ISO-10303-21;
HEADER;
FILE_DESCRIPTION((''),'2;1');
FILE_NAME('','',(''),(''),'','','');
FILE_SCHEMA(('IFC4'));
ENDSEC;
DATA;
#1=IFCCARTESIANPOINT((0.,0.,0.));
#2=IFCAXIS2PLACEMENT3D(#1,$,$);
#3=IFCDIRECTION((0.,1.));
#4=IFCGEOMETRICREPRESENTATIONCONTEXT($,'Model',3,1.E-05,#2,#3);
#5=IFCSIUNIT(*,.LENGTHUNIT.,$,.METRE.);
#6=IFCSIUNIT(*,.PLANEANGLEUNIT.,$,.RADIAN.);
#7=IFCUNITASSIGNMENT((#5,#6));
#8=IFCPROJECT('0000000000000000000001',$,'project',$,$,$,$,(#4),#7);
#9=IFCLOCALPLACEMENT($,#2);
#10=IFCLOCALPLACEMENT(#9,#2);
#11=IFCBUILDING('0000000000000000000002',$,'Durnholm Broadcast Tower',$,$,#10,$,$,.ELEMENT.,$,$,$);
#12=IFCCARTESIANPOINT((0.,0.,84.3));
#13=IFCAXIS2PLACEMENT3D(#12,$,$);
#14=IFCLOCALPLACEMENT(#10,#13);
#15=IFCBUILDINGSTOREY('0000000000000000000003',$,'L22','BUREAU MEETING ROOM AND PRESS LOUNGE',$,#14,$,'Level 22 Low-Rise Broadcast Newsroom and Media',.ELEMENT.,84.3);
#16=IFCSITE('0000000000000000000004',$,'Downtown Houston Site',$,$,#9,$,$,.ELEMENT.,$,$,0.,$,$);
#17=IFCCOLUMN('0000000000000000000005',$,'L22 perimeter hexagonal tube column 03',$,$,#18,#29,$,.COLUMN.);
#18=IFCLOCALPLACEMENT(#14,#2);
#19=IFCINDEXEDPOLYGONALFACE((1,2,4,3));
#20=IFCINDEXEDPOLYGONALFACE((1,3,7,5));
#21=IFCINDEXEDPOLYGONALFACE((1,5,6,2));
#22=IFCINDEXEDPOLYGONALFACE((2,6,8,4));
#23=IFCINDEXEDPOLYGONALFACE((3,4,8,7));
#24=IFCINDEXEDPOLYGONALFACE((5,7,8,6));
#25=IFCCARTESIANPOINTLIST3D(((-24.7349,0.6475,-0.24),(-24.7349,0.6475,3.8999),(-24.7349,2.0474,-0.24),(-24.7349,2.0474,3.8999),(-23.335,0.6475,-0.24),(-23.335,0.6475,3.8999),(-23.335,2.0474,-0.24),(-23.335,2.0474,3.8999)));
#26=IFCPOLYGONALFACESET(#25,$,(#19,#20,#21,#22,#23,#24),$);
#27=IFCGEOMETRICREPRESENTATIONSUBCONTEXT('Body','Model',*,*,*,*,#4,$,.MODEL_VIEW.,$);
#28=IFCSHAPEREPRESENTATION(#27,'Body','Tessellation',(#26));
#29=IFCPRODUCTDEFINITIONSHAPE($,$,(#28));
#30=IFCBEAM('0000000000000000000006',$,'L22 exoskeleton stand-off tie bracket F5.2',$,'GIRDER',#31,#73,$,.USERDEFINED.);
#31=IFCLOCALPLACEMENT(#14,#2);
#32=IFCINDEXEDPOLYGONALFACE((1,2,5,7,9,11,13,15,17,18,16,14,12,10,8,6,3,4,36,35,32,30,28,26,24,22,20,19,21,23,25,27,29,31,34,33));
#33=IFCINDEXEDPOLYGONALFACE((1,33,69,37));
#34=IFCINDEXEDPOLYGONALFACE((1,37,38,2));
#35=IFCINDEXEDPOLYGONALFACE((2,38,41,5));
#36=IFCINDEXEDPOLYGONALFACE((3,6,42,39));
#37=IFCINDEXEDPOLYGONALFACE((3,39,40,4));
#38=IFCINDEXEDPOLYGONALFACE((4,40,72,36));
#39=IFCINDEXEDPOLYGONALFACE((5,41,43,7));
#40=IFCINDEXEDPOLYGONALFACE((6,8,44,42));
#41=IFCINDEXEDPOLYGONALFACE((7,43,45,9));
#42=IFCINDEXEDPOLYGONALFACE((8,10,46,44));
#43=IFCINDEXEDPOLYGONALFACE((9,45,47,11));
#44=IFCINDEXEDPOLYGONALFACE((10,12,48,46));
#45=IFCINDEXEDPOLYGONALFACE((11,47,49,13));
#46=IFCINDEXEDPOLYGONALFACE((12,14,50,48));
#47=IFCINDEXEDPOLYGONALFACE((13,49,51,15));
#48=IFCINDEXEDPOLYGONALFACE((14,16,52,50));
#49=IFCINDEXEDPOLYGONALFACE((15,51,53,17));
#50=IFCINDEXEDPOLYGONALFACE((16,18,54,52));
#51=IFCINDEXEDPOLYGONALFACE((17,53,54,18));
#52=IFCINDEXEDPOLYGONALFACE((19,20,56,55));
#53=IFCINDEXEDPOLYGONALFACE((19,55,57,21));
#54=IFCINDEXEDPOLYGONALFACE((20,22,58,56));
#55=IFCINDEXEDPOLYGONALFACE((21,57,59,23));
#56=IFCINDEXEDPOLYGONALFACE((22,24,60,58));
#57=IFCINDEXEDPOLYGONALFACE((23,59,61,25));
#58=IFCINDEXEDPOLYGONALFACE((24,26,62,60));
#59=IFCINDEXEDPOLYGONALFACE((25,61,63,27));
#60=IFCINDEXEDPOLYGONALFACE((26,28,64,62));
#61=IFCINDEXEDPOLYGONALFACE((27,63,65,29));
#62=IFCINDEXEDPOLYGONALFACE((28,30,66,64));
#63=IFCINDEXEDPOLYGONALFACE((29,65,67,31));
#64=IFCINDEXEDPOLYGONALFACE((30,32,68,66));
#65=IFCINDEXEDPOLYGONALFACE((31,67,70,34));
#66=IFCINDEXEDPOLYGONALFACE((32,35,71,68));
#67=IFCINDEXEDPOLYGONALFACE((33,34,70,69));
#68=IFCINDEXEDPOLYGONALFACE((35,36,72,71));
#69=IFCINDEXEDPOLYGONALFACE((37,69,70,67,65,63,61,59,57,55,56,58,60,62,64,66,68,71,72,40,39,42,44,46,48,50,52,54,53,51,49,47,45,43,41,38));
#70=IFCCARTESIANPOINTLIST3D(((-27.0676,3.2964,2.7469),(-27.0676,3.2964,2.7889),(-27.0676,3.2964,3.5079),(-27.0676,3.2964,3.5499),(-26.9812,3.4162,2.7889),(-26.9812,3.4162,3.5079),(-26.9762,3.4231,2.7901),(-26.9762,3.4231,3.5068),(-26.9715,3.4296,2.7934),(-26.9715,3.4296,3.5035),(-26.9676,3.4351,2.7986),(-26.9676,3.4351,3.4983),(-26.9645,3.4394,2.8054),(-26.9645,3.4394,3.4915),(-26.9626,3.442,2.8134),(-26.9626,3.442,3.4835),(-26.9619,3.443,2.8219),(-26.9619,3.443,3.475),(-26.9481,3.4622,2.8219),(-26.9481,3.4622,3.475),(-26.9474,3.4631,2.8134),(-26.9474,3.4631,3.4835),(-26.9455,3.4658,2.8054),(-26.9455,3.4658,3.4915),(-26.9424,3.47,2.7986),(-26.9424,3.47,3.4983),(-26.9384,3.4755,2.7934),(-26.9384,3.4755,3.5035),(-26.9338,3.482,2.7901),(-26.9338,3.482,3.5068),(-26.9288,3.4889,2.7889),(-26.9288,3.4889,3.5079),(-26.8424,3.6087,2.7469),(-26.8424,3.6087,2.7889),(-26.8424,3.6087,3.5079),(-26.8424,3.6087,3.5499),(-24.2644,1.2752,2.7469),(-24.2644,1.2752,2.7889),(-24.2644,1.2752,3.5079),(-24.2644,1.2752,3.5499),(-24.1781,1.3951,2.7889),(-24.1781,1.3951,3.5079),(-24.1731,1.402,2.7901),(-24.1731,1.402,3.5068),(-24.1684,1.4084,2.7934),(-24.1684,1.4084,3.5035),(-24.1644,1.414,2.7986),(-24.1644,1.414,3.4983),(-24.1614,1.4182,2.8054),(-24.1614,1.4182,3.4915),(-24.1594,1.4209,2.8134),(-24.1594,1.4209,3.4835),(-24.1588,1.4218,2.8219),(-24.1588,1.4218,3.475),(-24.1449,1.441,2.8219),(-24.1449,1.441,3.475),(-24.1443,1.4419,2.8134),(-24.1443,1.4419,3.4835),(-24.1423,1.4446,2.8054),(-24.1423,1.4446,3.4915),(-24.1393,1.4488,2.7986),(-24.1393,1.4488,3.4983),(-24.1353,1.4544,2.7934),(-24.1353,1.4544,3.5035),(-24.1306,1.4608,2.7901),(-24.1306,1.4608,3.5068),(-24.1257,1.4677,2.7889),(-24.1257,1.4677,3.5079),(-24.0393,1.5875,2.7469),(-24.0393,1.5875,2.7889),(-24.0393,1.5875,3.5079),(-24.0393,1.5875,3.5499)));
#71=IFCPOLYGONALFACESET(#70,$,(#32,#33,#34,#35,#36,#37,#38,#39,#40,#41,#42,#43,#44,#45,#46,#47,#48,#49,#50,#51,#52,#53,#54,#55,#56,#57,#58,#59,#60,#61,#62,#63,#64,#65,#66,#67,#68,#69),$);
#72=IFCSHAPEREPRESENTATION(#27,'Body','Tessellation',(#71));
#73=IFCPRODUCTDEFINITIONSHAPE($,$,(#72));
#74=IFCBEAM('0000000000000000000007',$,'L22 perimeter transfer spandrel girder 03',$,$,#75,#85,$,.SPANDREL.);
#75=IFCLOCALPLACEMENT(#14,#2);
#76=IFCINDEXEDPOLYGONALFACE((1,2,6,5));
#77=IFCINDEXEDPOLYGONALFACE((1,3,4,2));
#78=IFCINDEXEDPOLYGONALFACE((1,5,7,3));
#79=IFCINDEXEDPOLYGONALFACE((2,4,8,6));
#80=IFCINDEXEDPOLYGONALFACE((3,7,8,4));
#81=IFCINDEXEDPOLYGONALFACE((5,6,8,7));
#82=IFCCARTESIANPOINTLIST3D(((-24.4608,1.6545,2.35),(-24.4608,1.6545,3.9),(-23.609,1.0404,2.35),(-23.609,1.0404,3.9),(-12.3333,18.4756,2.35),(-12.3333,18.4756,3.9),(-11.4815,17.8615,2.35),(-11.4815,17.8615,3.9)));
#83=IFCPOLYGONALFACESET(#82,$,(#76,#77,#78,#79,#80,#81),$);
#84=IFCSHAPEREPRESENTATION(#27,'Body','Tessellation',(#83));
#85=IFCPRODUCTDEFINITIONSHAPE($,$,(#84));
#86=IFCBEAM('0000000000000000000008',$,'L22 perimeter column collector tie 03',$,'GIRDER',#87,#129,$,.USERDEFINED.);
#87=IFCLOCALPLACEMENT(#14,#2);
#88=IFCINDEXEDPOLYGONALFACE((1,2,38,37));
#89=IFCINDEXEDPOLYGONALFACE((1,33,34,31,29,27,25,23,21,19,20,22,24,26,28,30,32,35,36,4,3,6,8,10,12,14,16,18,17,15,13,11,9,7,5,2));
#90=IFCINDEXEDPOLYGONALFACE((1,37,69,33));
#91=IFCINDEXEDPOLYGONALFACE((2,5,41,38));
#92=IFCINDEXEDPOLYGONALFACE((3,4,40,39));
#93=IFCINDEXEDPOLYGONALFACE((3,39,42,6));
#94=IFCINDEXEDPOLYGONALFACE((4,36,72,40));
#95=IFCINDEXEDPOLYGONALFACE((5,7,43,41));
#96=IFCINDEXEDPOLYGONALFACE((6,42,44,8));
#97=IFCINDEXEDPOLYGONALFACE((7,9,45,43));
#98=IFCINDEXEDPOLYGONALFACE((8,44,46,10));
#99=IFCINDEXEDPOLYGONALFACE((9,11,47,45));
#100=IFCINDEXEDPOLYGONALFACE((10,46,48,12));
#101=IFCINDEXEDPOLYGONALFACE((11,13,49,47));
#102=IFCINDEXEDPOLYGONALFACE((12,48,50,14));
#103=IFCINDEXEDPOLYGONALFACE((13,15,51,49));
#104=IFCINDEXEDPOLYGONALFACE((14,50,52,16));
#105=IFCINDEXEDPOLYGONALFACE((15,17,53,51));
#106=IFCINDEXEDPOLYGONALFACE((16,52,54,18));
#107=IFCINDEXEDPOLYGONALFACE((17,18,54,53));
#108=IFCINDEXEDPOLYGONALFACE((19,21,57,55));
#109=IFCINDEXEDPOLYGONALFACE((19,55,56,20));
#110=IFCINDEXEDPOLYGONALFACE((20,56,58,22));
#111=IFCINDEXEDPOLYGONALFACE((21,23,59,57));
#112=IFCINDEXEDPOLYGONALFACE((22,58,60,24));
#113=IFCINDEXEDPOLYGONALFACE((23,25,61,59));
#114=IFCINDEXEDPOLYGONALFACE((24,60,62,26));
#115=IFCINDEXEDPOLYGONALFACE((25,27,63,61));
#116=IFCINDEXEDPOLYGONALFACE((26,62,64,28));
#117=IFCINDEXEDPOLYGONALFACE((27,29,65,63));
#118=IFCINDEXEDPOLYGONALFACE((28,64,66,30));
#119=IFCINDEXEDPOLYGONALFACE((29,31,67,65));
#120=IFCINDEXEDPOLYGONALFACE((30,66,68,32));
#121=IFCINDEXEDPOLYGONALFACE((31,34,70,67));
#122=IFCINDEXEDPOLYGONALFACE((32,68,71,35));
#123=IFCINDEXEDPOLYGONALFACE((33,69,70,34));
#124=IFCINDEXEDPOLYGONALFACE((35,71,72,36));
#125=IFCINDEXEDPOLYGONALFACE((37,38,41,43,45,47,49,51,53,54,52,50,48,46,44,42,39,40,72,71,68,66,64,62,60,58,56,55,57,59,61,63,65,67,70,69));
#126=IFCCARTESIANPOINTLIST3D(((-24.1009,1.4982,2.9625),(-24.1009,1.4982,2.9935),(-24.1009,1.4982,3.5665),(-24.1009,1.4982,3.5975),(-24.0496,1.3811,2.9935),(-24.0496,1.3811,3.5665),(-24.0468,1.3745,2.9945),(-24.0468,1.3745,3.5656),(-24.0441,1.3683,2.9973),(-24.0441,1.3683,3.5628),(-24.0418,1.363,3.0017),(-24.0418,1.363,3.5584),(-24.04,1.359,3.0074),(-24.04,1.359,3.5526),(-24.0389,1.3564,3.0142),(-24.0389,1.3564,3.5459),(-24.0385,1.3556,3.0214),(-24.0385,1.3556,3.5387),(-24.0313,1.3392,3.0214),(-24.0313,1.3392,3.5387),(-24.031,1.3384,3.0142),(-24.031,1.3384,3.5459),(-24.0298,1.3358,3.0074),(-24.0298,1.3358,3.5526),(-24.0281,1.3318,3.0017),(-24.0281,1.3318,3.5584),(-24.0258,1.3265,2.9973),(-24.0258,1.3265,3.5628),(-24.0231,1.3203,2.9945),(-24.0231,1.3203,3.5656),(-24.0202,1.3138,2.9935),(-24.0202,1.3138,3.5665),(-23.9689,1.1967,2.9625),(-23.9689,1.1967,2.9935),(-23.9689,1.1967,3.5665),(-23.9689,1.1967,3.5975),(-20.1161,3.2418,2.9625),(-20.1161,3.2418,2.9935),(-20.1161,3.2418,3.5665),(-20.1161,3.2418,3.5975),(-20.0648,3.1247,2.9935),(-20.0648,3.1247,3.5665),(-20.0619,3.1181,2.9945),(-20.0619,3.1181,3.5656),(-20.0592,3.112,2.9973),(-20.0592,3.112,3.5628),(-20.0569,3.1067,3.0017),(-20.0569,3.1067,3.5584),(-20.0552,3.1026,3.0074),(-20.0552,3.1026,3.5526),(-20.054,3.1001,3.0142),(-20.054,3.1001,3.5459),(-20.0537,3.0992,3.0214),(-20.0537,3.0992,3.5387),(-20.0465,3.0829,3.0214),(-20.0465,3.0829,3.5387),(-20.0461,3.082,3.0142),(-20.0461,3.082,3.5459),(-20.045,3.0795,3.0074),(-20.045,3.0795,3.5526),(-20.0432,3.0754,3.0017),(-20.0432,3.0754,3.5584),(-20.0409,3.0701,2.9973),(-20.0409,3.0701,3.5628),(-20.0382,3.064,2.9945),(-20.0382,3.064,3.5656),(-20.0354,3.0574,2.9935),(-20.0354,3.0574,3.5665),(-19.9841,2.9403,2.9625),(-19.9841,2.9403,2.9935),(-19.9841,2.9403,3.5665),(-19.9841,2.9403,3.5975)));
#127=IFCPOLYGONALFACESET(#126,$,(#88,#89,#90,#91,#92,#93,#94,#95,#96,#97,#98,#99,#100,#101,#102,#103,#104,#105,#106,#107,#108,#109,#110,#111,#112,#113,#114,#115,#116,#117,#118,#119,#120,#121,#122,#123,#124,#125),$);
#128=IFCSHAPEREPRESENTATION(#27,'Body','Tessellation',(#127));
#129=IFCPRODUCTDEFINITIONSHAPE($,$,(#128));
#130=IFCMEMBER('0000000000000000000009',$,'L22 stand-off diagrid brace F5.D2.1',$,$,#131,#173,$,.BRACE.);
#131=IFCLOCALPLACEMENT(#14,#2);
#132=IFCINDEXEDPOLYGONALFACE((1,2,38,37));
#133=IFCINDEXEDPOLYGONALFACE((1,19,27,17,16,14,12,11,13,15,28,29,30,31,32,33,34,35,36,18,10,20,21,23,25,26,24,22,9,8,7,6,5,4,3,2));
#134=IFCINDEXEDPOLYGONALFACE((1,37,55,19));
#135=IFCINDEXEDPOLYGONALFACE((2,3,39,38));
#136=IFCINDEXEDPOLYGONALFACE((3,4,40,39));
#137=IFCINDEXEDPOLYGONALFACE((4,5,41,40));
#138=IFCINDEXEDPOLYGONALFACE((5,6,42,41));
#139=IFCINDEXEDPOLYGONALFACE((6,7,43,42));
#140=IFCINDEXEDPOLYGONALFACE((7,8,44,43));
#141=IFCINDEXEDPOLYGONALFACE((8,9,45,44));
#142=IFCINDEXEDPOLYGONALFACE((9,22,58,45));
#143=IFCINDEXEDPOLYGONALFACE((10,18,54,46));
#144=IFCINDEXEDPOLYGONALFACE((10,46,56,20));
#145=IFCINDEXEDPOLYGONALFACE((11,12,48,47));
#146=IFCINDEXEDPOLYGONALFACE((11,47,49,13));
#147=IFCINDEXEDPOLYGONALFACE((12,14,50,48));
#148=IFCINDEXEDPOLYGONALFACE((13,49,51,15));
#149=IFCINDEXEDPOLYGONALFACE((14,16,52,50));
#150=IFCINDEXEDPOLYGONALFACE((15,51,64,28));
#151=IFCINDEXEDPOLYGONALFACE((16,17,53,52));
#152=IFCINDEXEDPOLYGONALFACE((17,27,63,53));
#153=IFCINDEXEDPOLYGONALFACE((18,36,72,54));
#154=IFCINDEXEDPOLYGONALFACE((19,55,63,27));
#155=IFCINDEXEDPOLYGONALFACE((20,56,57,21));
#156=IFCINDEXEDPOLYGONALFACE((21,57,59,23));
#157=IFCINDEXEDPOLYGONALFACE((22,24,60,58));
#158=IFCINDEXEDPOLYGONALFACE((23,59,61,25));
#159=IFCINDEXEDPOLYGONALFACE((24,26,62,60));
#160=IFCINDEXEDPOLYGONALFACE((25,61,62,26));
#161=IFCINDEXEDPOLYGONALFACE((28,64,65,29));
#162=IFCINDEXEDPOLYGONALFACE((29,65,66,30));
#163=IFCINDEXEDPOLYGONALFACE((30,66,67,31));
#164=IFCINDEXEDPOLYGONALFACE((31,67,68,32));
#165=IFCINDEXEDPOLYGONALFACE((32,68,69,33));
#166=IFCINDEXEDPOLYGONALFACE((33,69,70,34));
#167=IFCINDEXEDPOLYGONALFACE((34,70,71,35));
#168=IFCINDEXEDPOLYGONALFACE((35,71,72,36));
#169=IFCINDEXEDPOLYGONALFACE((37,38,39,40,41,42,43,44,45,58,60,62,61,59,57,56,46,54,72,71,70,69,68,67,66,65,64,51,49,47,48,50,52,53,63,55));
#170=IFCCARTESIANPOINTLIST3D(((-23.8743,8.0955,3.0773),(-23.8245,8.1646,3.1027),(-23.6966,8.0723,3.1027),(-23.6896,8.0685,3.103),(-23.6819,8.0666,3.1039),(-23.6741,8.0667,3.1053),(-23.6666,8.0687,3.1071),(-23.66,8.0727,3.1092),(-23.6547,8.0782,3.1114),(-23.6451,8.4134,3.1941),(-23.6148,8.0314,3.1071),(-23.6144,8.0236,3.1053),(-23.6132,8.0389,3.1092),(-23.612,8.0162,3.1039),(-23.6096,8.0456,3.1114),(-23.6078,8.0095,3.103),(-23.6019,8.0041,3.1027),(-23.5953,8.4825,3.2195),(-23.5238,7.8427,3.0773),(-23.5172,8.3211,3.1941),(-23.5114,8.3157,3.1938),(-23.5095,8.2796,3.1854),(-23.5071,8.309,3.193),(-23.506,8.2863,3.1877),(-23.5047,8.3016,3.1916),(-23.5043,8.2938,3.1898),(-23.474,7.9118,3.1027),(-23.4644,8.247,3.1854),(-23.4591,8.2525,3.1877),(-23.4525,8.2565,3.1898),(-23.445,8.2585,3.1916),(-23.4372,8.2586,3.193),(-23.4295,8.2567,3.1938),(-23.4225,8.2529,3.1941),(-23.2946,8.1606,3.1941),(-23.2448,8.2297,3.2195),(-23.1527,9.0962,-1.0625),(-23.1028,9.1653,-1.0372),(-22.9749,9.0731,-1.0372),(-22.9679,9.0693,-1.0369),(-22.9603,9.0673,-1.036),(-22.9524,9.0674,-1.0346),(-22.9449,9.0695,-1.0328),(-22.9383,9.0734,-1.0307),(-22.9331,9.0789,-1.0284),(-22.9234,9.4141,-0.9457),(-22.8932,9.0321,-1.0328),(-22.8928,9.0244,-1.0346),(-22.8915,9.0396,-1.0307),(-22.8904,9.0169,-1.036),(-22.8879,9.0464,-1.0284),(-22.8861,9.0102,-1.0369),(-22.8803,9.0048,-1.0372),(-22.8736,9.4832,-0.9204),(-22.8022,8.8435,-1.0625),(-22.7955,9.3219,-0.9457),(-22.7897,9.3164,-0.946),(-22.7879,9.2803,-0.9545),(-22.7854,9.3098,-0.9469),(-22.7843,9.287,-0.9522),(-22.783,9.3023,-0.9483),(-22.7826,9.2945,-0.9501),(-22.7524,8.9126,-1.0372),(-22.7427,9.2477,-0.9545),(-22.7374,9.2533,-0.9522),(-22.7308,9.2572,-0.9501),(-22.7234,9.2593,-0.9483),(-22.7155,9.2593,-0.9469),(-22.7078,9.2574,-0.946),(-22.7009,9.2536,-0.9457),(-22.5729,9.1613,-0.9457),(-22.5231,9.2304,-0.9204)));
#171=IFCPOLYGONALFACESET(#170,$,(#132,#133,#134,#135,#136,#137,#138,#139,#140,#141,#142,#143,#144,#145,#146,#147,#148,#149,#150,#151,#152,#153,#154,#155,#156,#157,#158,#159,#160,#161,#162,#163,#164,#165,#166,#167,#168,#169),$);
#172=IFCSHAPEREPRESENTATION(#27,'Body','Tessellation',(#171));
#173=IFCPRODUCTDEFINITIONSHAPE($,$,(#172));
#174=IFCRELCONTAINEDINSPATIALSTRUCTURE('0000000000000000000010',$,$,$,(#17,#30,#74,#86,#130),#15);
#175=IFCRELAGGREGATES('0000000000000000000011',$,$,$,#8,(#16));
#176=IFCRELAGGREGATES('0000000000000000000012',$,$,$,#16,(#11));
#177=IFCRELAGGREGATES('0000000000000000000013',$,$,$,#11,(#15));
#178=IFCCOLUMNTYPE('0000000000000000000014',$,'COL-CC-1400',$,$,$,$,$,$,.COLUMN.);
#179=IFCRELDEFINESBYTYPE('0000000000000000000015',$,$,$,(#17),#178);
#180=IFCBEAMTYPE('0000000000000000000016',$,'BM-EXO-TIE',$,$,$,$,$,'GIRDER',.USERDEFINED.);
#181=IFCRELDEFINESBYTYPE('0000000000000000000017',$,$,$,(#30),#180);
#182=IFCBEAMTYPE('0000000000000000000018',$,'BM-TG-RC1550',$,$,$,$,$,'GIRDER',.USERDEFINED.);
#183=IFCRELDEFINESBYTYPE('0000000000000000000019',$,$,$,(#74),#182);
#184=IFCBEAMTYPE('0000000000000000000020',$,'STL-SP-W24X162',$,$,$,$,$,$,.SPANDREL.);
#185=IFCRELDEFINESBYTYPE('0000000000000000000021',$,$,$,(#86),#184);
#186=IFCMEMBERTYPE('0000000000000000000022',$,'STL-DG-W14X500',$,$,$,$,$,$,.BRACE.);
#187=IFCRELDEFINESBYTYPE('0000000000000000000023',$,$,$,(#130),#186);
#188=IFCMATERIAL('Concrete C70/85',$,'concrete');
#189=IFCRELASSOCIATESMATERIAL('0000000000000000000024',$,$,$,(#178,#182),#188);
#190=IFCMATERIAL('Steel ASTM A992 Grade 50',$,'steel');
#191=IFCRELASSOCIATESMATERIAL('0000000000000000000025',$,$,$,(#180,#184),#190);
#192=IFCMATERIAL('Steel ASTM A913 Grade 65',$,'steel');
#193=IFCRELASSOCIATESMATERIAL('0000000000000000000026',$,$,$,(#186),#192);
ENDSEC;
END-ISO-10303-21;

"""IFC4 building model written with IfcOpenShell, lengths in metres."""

from ifc_helpers import new_model, si_unit, direction, frame, origin, origin_2d, place, context, subcontext, project, spatial, rectangle, i_section, extrude, source, transform, mapped, material, material_profile, profile_set, type_object, type_shapes, element, save


model = new_model("IFC4")

# Units and contexts
model_context = context("Model", 3, precision=1e-05, world=origin(), true_north=direction((0.0, 1.0)))
body_context = subcontext(model_context, "Body", "Model", "MODEL_VIEW")
ifc_project = project(units=[si_unit("LENGTHUNIT", "METRE"), si_unit("PLANEANGLEUNIT", "RADIAN")], contexts=[model_context])

# Site, building, storey
site_placement = place(None, origin())
site = spatial("IfcSite", under=ifc_project, at=site_placement, Name="Downtown Houston Site", CompositionType="ELEMENT", RefElevation=0.0)
building_placement = place(site_placement, origin())
building = spatial("IfcBuilding", under=site, at=building_placement, Name="Durnholm Broadcast Tower", CompositionType="ELEMENT")
storey_placement = place(building_placement, frame((0.0, 0.0, 84.3)))
storey = spatial("IfcBuildingStorey", under=building, at=storey_placement, Name="L22", Description="BUREAU MEETING ROOM AND PRESS LOUNGE", LongName="Level 22 Low-Rise Broadcast Newsroom and Media", CompositionType="ELEMENT", Elevation=84.3)

# Column
ifc_material_1 = material(Name="Concrete C70/85", Category="concrete")
ifc_material_profile_1 = material_profile(ifc_material_1, rectangle(XDim=1.3999, YDim=1.3999, at=origin_2d()), Name="RC1400X1400")
ifc_profile_set_1 = profile_set([ifc_material_profile_1], Name="Concrete C70/85")
column_type = type_object("IfcColumnType", Name="COL-CC-1400", PredefinedType="COLUMN", material=ifc_profile_set_1)
shared_shape_1 = source(origin(), body_context, "Body", "SweptSolid", [
    extrude(rectangle(XDim=1.3999, YDim=1.3999, at=origin_2d()), origin(), (0.0, 0.0, 1.0), 4.1399),
])
type_shapes(column_type, [shared_shape_1])
column_placement = place(storey_placement, frame((-24.0349, 1.3474, -0.24), z_axis=(0.0, 0.0, 1.0), x_axis=(1.0, 0.0, 0.0)))
element("IfcColumn", 1, at=column_placement, inside=storey, type_object=column_type, Name="L22 perimeter hexagonal tube column 03", PredefinedType="COLUMN", context=body_context, shape_type="MappedRepresentation", body=[
    mapped(shared_shape_1, transform((0.0, 0.0, 0.0), x_axis=(1.0, 0.0, 0.0), y_axis=(0.0, 1.0, 0.0), z_axis=(0.0, 0.0, 1.0), scale=1.0)),
])

# Beams
ifc_material_2 = material(Name="Steel ASTM A992 Grade 50", Category="steel")
ifc_material_profile_2 = material_profile(ifc_material_2, i_section(OverallWidth=0.385, OverallDepth=0.803, WebThickness=0.0237, FlangeThickness=0.042, FilletRadius=0.033, at=origin_2d()), Name="W30X261")
ifc_profile_set_2 = profile_set([ifc_material_profile_2], Name="Steel ASTM A992 Grade 50")
beam_type_1 = type_object("IfcBeamType", Name="BM-EXO-TIE", ElementType="GIRDER", PredefinedType="USERDEFINED", material=ifc_profile_set_2)
shared_shape_2 = source(origin(), body_context, "Body", "SweptSolid", [
    extrude(i_section(OverallWidth=0.385, OverallDepth=0.803, WebThickness=0.0237, FlangeThickness=0.042, FilletRadius=0.033, at=origin_2d()), origin(), (0.0, 0.0, 1.0), 3.4558),
])
type_shapes(beam_type_1, [shared_shape_2])
beam_1_placement = place(storey_placement, frame((-24.1519, 1.4314, 3.1484), z_axis=(-0.811134, 0.584861, 0.0), x_axis=(-0.584861, -0.811134, 0.0)))
element("IfcBeam", 2, at=beam_1_placement, inside=storey, type_object=beam_type_1, Name="L22 exoskeleton stand-off tie bracket F5.2", ObjectType="GIRDER", PredefinedType="USERDEFINED", context=body_context, shape_type="MappedRepresentation", body=[
    mapped(shared_shape_2, transform((0.0, 0.0, 0.0), x_axis=(1.0, 0.0, 0.0), y_axis=(0.0, 1.0, 0.0), z_axis=(0.0, 0.0, 1.0), scale=1.0)),
])
ifc_material_profile_3 = material_profile(ifc_material_1, rectangle(XDim=1.05, YDim=1.55, at=origin_2d()), Name="RC1050X1550")
ifc_profile_set_3 = profile_set([ifc_material_profile_3], Name="Concrete C70/85")
beam_type_2 = type_object("IfcBeamType", Name="BM-TG-RC1550", ElementType="GIRDER", PredefinedType="USERDEFINED", material=ifc_profile_set_3)
shared_shape_3 = source(origin(), body_context, "Body", "SweptSolid", [
    extrude(rectangle(XDim=1.05, YDim=1.55, at=origin_2d()), origin(), (0.0, 0.0, 1.0), 20.7371),
])
type_shapes(beam_type_2, [shared_shape_3])
beam_2_placement = place(storey_placement, frame((-24.0349, 1.3474, 3.125), z_axis=(0.584822, 0.811162, 0.0), x_axis=(-0.811162, 0.584822, 0.0)))
element("IfcBeam", 3, at=beam_2_placement, inside=storey, type_object=beam_type_2, Name="L22 perimeter transfer spandrel girder 03", PredefinedType="SPANDREL", context=body_context, shape_type="MappedRepresentation", body=[
    mapped(shared_shape_3, transform((0.0, 0.0, 0.0), x_axis=(1.0, 0.0, 0.0), y_axis=(0.0, 1.0, 0.0), z_axis=(0.0, 0.0, 1.0), scale=1.0)),
])
ifc_material_profile_4 = material_profile(ifc_material_2, i_section(OverallWidth=0.3291, OverallDepth=0.635, WebThickness=0.0178, FlangeThickness=0.031, FilletRadius=0.0278, at=origin_2d()), Name="W24X162")
ifc_profile_set_4 = profile_set([ifc_material_profile_4], Name="Steel ASTM A992 Grade 50")
beam_type_3 = type_object("IfcBeamType", Name="STL-SP-W24X162", PredefinedType="SPANDREL", material=ifc_profile_set_4)
shared_shape_4 = source(origin(), body_context, "Body", "SweptSolid", [
    extrude(i_section(OverallWidth=0.3291, OverallDepth=0.635, WebThickness=0.0178, FlangeThickness=0.031, FilletRadius=0.0278, at=origin_2d()), origin(), (0.0, 0.0, 1.0), 4.3496),
])
type_shapes(beam_type_3, [shared_shape_4])
beam_3_placement = place(storey_placement, frame((-24.0349, 1.3474, 3.28), z_axis=(0.916134, 0.400872, 0.0), x_axis=(-0.400872, 0.916134, 0.0)))
element("IfcBeam", 4, at=beam_3_placement, inside=storey, type_object=beam_type_3, Name="L22 perimeter column collector tie 03", ObjectType="GIRDER", PredefinedType="USERDEFINED", context=body_context, shape_type="MappedRepresentation", body=[
    mapped(shared_shape_4, transform((0.0, 0.0, 0.0), x_axis=(1.0, 0.0, 0.0), y_axis=(0.0, 1.0, 0.0), z_axis=(0.0, 0.0, 1.0), scale=1.0)),
])

# Member
ifc_material_3 = material(Name="Steel ASTM A913 Grade 65", Category="steel")
ifc_material_profile_5 = material_profile(ifc_material_3, i_section(OverallWidth=0.4321, OverallDepth=0.4978, WebThickness=0.0557, FlangeThickness=0.0889, FilletRadius=0.0305, at=origin_2d()), Name="W14X500")
ifc_profile_set_5 = profile_set([ifc_material_profile_5], Name="Steel ASTM A913 Grade 65")
member_type_1 = type_object("IfcMemberType", Name="STL-DG-W14X500", PredefinedType="BRACE", material=ifc_profile_set_5)
shared_shape_5 = source(origin(), body_context, "Body", "SweptSolid", [
    extrude(i_section(OverallWidth=0.4321, OverallDepth=0.4978, WebThickness=0.0557, FlangeThickness=0.0889, FilletRadius=0.0305, at=origin_2d()), origin(), (0.0, 0.0, 1.0), 4.3198),
])
type_shapes(member_type_1, [shared_shape_5])
for number, where, z_axis, x_axis, name in (
    (5, (-22.8379, 9.1633, -0.9915), (-0.167062, -0.23166, 0.958344), (0.811091, -0.58492, 0.0), "L22 stand-off diagrid brace F5.D2.1"),
):
    element("IfcMember", number, at=place(storey_placement, frame(where, z_axis=z_axis, x_axis=x_axis)), inside=storey, type_object=member_type_1, Name=name, PredefinedType="BRACE", context=body_context, shape_type="MappedRepresentation", body=[
        mapped(shared_shape_5, transform((0.0, 0.0, 0.0), x_axis=(1.0, 0.0, 0.0), y_axis=(0.0, 1.0, 0.0), z_axis=(0.0, 0.0, 1.0), scale=1.0)),
    ])

save(model, "model.ifc")
